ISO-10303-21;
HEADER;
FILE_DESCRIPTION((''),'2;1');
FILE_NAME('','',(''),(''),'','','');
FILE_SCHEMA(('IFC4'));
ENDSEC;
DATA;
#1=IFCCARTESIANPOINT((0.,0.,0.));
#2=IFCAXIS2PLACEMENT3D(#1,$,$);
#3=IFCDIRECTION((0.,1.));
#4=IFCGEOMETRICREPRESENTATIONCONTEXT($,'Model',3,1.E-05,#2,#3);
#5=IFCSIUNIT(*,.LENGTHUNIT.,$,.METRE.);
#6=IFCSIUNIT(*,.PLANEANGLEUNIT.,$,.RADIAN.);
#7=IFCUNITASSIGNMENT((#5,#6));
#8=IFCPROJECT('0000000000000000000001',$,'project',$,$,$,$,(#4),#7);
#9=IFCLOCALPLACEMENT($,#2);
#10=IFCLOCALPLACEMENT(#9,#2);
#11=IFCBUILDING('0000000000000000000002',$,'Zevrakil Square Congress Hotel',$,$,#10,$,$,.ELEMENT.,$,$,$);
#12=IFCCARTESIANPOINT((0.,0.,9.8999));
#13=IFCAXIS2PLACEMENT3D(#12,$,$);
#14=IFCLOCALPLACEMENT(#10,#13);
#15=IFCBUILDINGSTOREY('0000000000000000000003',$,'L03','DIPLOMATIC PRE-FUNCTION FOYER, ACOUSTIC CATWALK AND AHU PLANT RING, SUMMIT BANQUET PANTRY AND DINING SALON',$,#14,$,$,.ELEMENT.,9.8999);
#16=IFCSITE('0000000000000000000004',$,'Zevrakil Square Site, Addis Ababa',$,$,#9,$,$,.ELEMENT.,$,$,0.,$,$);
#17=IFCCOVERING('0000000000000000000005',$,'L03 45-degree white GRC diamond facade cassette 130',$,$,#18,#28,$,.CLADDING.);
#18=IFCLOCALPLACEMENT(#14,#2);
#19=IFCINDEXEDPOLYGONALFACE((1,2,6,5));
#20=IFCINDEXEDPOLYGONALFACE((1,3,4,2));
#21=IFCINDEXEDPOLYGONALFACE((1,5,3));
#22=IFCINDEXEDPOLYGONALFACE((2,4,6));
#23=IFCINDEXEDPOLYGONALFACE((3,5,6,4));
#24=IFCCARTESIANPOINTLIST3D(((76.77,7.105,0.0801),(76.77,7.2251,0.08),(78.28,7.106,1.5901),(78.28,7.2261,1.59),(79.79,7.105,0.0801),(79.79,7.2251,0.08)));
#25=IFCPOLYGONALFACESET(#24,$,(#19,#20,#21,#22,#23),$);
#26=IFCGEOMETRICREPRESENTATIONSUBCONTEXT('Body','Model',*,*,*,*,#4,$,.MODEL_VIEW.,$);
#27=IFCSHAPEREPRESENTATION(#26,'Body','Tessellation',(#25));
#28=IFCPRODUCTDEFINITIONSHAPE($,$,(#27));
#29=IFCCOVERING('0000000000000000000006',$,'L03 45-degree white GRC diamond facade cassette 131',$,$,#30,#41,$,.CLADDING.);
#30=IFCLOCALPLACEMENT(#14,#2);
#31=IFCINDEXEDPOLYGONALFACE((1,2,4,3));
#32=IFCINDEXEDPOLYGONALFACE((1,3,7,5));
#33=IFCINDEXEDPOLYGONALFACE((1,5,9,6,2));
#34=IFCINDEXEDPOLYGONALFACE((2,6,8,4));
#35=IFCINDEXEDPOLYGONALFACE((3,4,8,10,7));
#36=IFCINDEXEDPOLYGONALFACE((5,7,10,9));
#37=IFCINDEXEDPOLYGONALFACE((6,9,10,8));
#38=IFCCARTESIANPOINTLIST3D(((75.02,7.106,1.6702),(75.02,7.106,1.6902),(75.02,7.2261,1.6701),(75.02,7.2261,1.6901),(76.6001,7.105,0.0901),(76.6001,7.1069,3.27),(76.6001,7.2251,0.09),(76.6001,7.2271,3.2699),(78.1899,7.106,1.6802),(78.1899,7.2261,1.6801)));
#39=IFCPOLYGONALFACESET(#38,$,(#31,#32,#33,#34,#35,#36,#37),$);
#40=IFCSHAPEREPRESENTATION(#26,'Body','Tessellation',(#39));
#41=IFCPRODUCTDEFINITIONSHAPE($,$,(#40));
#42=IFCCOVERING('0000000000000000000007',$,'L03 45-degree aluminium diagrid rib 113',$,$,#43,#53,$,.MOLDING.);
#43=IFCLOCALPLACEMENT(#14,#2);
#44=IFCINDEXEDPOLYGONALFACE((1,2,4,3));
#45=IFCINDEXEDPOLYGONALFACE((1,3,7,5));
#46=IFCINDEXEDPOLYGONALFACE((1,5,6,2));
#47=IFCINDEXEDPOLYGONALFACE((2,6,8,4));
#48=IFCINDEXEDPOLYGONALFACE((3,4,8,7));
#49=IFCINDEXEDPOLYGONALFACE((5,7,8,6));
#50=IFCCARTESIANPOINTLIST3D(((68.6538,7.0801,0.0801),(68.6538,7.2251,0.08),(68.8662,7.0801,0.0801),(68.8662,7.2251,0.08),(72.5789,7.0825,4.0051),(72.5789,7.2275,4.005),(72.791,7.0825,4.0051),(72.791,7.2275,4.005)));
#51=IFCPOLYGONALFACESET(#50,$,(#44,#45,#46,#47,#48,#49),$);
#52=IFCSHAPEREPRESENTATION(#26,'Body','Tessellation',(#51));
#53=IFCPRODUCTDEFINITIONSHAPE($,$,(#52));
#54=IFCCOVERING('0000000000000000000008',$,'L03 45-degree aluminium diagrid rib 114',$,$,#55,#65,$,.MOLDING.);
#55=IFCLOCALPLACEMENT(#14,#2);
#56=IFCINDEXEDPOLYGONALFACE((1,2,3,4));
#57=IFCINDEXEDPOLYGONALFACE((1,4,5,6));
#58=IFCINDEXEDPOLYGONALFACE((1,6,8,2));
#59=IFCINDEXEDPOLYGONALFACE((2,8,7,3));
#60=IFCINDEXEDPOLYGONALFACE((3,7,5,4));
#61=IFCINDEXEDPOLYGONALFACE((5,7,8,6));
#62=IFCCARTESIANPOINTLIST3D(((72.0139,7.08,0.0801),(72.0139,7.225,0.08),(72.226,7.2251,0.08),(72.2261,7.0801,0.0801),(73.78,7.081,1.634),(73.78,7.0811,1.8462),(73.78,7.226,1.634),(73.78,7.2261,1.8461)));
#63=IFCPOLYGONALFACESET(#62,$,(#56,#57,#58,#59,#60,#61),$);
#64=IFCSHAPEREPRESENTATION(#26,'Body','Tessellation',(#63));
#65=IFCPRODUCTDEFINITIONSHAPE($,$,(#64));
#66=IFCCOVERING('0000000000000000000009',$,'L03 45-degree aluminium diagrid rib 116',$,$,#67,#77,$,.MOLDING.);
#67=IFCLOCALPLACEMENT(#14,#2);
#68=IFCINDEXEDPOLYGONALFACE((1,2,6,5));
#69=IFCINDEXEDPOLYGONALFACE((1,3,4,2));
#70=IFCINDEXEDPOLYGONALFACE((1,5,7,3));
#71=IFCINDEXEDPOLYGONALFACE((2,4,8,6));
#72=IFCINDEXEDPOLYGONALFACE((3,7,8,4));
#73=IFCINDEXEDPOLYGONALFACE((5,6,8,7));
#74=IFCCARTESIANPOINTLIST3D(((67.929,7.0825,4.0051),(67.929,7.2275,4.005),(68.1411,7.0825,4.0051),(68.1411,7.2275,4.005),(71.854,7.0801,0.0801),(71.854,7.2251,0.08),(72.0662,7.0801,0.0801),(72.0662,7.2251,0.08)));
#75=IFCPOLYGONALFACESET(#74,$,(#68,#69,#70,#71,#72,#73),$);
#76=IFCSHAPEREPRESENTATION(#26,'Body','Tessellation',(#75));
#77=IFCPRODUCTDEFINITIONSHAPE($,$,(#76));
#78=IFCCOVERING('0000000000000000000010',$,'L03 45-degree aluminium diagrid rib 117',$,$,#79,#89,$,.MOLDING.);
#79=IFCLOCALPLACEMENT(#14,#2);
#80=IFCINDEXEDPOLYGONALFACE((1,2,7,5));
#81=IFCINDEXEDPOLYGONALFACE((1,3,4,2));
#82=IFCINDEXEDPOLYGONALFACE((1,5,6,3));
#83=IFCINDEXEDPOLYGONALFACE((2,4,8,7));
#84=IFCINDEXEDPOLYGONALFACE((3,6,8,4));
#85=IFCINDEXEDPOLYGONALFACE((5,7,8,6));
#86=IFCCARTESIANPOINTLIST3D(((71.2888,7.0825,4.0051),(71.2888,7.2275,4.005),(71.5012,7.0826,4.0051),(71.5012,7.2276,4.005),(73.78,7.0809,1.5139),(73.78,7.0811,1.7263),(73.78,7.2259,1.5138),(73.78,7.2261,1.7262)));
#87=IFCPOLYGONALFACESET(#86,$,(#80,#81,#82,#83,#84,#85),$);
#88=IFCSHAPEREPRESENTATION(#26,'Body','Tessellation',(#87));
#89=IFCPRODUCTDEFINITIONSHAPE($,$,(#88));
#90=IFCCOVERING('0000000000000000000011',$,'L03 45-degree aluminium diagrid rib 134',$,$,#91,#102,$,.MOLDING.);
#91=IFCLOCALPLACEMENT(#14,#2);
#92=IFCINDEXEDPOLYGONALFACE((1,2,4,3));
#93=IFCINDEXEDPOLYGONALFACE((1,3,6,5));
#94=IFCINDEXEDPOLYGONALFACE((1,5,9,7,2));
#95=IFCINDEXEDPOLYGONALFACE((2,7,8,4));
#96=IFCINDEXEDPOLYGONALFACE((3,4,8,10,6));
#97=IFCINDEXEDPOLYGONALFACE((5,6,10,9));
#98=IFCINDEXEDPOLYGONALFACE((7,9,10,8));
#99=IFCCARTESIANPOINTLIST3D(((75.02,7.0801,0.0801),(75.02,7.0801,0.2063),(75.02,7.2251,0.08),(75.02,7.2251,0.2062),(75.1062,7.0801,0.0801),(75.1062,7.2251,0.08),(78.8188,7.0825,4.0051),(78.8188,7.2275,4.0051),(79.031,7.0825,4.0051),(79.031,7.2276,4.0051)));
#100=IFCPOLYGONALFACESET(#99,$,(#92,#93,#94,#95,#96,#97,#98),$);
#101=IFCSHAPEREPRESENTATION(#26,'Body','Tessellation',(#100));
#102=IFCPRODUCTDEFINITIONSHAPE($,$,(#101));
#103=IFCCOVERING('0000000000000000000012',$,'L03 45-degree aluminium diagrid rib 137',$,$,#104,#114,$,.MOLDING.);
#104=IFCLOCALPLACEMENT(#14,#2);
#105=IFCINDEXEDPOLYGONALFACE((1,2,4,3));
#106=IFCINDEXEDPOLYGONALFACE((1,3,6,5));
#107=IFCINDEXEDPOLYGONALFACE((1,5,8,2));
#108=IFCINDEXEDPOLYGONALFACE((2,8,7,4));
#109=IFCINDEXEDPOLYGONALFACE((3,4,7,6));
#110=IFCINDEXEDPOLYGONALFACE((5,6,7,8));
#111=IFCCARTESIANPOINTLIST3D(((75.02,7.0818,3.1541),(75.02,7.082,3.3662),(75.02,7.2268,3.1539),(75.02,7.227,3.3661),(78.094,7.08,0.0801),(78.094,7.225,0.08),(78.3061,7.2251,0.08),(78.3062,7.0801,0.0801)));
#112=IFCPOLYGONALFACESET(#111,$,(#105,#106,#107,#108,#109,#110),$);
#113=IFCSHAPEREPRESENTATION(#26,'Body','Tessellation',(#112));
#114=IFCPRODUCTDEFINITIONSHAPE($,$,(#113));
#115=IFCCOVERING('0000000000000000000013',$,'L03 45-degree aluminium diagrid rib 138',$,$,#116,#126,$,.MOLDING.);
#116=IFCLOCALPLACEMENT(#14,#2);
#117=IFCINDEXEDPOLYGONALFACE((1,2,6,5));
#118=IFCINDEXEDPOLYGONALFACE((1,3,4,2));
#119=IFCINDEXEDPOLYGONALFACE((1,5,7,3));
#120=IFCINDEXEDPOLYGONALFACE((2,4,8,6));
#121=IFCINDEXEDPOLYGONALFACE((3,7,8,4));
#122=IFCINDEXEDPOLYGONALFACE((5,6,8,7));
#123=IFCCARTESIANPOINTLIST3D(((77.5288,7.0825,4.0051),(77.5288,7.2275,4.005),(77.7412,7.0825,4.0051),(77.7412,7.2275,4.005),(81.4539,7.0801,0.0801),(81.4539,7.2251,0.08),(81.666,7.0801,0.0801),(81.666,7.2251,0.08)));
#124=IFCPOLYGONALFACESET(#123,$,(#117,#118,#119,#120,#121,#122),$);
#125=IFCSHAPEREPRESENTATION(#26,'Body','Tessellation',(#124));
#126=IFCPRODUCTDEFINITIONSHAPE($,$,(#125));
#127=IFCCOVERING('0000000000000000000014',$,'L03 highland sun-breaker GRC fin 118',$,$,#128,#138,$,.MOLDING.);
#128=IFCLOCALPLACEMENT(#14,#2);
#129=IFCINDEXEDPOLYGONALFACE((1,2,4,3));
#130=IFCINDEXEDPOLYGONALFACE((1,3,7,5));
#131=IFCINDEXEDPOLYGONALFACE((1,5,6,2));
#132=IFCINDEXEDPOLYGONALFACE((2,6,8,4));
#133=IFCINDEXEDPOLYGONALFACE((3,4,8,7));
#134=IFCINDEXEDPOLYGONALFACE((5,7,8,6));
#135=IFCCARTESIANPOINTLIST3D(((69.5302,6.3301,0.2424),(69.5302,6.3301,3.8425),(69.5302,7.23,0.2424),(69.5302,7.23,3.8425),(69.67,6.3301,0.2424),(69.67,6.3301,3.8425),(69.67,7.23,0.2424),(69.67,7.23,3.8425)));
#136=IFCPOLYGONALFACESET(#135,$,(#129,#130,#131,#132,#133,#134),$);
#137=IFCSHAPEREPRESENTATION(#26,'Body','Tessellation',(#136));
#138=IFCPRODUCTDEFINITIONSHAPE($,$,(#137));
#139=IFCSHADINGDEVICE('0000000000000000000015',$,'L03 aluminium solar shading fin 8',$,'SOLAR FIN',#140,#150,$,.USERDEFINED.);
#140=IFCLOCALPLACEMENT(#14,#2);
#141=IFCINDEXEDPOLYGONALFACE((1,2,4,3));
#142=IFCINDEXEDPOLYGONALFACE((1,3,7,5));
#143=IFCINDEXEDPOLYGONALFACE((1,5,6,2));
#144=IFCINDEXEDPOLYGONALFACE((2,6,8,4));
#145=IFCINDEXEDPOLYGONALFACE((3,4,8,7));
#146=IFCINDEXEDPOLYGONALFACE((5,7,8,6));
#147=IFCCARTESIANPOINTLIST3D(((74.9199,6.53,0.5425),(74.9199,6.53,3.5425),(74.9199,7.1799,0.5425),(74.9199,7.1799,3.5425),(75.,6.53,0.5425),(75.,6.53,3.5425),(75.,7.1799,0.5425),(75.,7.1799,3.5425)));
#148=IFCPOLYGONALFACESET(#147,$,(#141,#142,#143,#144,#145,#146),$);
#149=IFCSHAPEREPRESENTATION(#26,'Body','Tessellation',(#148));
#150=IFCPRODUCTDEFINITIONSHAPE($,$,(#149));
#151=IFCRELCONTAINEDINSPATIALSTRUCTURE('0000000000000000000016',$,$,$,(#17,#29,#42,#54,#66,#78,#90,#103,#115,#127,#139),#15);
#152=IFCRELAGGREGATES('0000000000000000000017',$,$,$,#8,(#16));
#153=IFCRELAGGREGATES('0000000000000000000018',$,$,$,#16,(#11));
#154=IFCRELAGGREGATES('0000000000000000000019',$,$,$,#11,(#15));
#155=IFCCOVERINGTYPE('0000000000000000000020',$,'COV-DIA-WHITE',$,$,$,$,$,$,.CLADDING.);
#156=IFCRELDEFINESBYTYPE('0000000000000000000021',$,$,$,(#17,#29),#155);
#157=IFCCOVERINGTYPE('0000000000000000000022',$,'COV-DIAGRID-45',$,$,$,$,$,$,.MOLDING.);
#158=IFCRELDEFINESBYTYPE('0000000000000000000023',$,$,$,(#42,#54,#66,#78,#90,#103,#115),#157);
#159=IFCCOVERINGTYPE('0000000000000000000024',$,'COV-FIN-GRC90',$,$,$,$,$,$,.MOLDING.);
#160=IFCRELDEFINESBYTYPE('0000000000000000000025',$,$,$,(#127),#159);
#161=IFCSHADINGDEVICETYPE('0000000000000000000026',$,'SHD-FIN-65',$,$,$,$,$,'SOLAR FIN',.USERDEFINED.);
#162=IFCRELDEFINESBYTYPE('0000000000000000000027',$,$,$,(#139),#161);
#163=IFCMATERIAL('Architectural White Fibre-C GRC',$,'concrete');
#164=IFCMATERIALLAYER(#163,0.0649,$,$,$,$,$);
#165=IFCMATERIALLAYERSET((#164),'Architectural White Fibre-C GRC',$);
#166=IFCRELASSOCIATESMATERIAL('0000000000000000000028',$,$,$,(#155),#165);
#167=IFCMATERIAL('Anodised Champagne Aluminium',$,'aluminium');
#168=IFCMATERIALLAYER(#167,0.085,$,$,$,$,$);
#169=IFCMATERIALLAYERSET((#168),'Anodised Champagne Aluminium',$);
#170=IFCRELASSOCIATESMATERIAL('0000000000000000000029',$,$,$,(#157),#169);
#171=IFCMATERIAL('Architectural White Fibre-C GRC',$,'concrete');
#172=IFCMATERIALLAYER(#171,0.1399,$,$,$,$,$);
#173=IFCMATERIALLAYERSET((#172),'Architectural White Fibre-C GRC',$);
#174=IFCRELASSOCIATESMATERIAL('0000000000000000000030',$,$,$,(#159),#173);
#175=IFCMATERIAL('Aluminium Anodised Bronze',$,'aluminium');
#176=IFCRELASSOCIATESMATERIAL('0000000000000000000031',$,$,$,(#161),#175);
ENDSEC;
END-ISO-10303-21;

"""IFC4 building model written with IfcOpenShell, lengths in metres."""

from ifc_helpers import new_model, si_unit, direction, frame, origin, origin_2d, place, context, subcontext, project, spatial, polyline, rectangle, outline, extrude, material, layer, layer_set, type_object, element, save


model = new_model("IFC4")

# Units and contexts
model_context = context("Model", 3, precision=1e-05, world=origin(), true_north=direction((0.0, 1.0)))
body_context = subcontext(model_context, "Body", "Model", "MODEL_VIEW")
ifc_project = project(units=[si_unit("LENGTHUNIT", "METRE"), si_unit("PLANEANGLEUNIT", "RADIAN")], contexts=[model_context])

# Site, building, storey
site_placement = place(None, origin())
site = spatial("IfcSite", under=ifc_project, at=site_placement, Name="Zevrakil Square Site, Addis Ababa", CompositionType="ELEMENT", RefElevation=0.0)
building_placement = place(site_placement, origin())
building = spatial("IfcBuilding", under=site, at=building_placement, Name="Zevrakil Square Congress Hotel", CompositionType="ELEMENT")
storey_placement = place(building_placement, frame((0.0, 0.0, 9.8999)))
storey = spatial("IfcBuildingStorey", under=building, at=storey_placement, Name="L03", Description="DIPLOMATIC PRE-FUNCTION FOYER, ACOUSTIC CATWALK AND AHU PLANT RING, SUMMIT BANQUET PANTRY AND DINING SALON", CompositionType="ELEMENT", Elevation=9.8999)

# Coverings
ifc_material_1 = material(Name="Architectural White Fibre-C GRC", Category="concrete")
ifc_layer_1 = layer(ifc_material_1, 0.0649)
ifc_layer_set_1 = layer_set([ifc_layer_1], Name="Architectural White Fibre-C GRC")
covering_type_1 = type_object("IfcCoveringType", Name="COV-DIA-WHITE", PredefinedType="CLADDING", material=ifc_layer_set_1)
covering_1_placement = place(storey_placement, frame((78.28, 7.106, 1.5901), z_axis=(0.0, -1.0, 0.000647), x_axis=(0.707107, -0.000457, -0.707107)))
element("IfcCovering", 1, at=covering_1_placement, inside=storey, type_object=covering_type_1, Name="L03 45-degree white GRC diamond facade cassette 130", PredefinedType="CLADDING", context=body_context, shape_type="SweptSolid", body=[
    extrude(outline(polyline([(0.0, 0.0), (2.1355, 0.0), (0.0, -2.1355), (0.0, 0.0)])), origin(), (0.0, 0.0, -1.0), 0.1201),
])
covering_2_placement = place(storey_placement, frame((76.6001, 7.1069, 3.27), z_axis=(0.0, -1.0, 0.000612), x_axis=(0.707107, -0.000433, -0.707107)))
element("IfcCovering", 2, at=covering_2_placement, inside=storey, type_object=covering_type_1, Name="L03 45-degree white GRC diamond facade cassette 131", PredefinedType="CLADDING", context=body_context, shape_type="SweptSolid", body=[
    extrude(outline(polyline([(0.0, 0.0), (2.2484, 0.0), (2.2486, -2.2486), (0.014, -2.2486), (-0.0002, -2.2344), (0.0, 0.0)])), origin(), (0.0, 0.0, -1.0), 0.1201),
])
ifc_material_2 = material(Name="Anodised Champagne Aluminium", Category="aluminium")
ifc_layer_2 = layer(ifc_material_2, 0.085)
ifc_layer_set_2 = layer_set([ifc_layer_2], Name="Anodised Champagne Aluminium")
covering_type_2 = type_object("IfcCoveringType", Name="COV-DIAGRID-45", PredefinedType="MOLDING", material=ifc_layer_set_2)
covering_3_placement = place(storey_placement, frame((68.8662, 7.0801, 0.0801), z_axis=(0.0, -1.0, 0.000622), x_axis=(-1.0, 0.0, 0.0)))
element("IfcCovering", 3, at=covering_3_placement, inside=storey, type_object=covering_type_2, Name="L03 45-degree aluminium diagrid rib 113", PredefinedType="MOLDING", context=body_context, shape_type="SweptSolid", body=[
    extrude(outline(polyline([(0.0, 0.0), (0.2124, 0.0), (-3.7126, -3.925), (-3.9248, -3.925), (0.0, 0.0)])), origin(), (0.0, 0.0, -1.0), 0.145),
])
covering_4_placement = place(storey_placement, frame((72.2261, 7.0801, 0.0801), z_axis=(0.000294, -1.0, 0.000294), x_axis=(-1.0, -0.000294, 0.0)))
element("IfcCovering", 4, at=covering_4_placement, inside=storey, type_object=covering_type_2, Name="L03 45-degree aluminium diagrid rib 114", PredefinedType="MOLDING", context=body_context, shape_type="SweptSolid", body=[
    extrude(outline(polyline([(0.0, 0.0), (0.2122, 0.0), (-1.554, -1.7661), (-1.554, -1.554), (0.0, 0.0)])), origin(), (0.0, 0.0, -1.0), 0.145),
])
covering_5_placement = place(storey_placement, frame((67.929, 7.0825, 4.0051), z_axis=(0.0, -1.0, 0.000622), x_axis=(1.0, 0.0, 0.0)))
element("IfcCovering", 5, at=covering_5_placement, inside=storey, type_object=covering_type_2, Name="L03 45-degree aluminium diagrid rib 116", PredefinedType="MOLDING", context=body_context, shape_type="SweptSolid", body=[
    extrude(outline(polyline([(0.0, 0.0), (0.2122, 0.0), (4.1372, -3.925), (3.925, -3.925), (0.0, 0.0)])), origin(), (0.0, 0.0, -1.0), 0.145),
])
covering_6_placement = place(storey_placement, frame((71.2888, 7.0825, 4.0051), z_axis=(0.000242, -1.0, 0.000907), x_axis=(1.0, 0.000242, 0.0)))
element("IfcCovering", 6, at=covering_6_placement, inside=storey, type_object=covering_type_2, Name="L03 45-degree aluminium diagrid rib 117", PredefinedType="MOLDING", context=body_context, shape_type="SweptSolid", body=[
    extrude(outline(polyline([(0.0, 0.0), (0.2124, 0.0), (2.4912, -2.2788), (2.4912, -2.4912), (0.0, 0.0)])), origin(), (0.0, 0.0, -1.0), 0.145),
])
covering_7_placement = place(storey_placement, frame((75.1062, 7.0801, 0.0801), z_axis=(0.000187, -1.0, 0.000441), x_axis=(-1.0, -0.000187, 0.0)))
element("IfcCovering", 7, at=covering_7_placement, inside=storey, type_object=covering_type_2, Name="L03 45-degree aluminium diagrid rib 134", PredefinedType="MOLDING", context=body_context, shape_type="SweptSolid", body=[
    extrude(outline(polyline([(0.0, 0.0), (0.0862, 0.0), (0.0862, -0.1262), (-3.7126, -3.925), (-3.9248, -3.925), (0.0, 0.0)])), origin(), (0.0, 0.0, -1.0), 0.145),
])
covering_8_placement = place(storey_placement, frame((75.02, 7.0818, 3.1541), z_axis=(0.000287, -1.0, 0.000863), x_axis=(0.0, 0.000863, 1.0)))
element("IfcCovering", 8, at=covering_8_placement, inside=storey, type_object=covering_type_2, Name="L03 45-degree aluminium diagrid rib 137", PredefinedType="MOLDING", context=body_context, shape_type="SweptSolid", body=[
    extrude(outline(polyline([(0.0, 0.0), (0.2122, 0.0), (-3.074, -3.2861), (-3.074, -3.074), (0.0, 0.0)])), origin(), (0.0, 0.0, -1.0), 0.145),
])
covering_9_placement = place(storey_placement, frame((77.5288, 7.0825, 4.0051), z_axis=(0.0, -1.0, 0.000622), x_axis=(1.0, 0.0, 0.0)))
element("IfcCovering", 9, at=covering_9_placement, inside=storey, type_object=covering_type_2, Name="L03 45-degree aluminium diagrid rib 138", PredefinedType="MOLDING", context=body_context, shape_type="SweptSolid", body=[
    extrude(outline(polyline([(0.0, 0.0), (0.2124, 0.0), (4.1372, -3.925), (3.925, -3.925), (0.0, 0.0)])), origin(), (0.0, 0.0, -1.0), 0.145),
])
ifc_material_3 = material(Name="Architectural White Fibre-C GRC", Category="concrete")
ifc_layer_3 = layer(ifc_material_3, 0.1399)
ifc_layer_set_3 = layer_set([ifc_layer_3], Name="Architectural White Fibre-C GRC")
covering_type_3 = type_object("IfcCoveringType", Name="COV-FIN-GRC90", PredefinedType="MOLDING", material=ifc_layer_set_3)
covering_10_placement = place(storey_placement, frame((69.6001, 6.78, 0.2424), z_axis=(0.0, 0.0, 1.0), x_axis=(0.0, -1.0, 0.0)))
element("IfcCovering", 10, at=covering_10_placement, inside=storey, type_object=covering_type_3, Name="L03 highland sun-breaker GRC fin 118", PredefinedType="MOLDING", context=body_context, shape_type="SweptSolid", body=[
    extrude(rectangle(XDim=0.8999, YDim=0.1399, at=origin_2d()), origin(), (0.0, 0.0, 1.0), 3.6001),
])

# Shading device
ifc_material_4 = material(Name="Aluminium Anodised Bronze", Category="aluminium")
shading_device_type = type_object("IfcShadingDeviceType", Name="SHD-FIN-65", ElementType="SOLAR FIN", PredefinedType="USERDEFINED", material=ifc_material_4)
shading_device_placement = place(storey_placement, frame((74.96, 6.855, 0.5425), z_axis=(0.0, 0.0, 1.0), x_axis=(0.0, -1.0, 0.0)))
element("IfcShadingDevice", 11, at=shading_device_placement, inside=storey, type_object=shading_device_type, Name="L03 aluminium solar shading fin 8", ObjectType="SOLAR FIN", PredefinedType="USERDEFINED", context=body_context, shape_type="SweptSolid", body=[
    extrude(rectangle(XDim=0.6499, YDim=0.0801, at=origin_2d()), origin(), (0.0, 0.0, 1.0), 3.0),
])

save(model, "model.ifc")
